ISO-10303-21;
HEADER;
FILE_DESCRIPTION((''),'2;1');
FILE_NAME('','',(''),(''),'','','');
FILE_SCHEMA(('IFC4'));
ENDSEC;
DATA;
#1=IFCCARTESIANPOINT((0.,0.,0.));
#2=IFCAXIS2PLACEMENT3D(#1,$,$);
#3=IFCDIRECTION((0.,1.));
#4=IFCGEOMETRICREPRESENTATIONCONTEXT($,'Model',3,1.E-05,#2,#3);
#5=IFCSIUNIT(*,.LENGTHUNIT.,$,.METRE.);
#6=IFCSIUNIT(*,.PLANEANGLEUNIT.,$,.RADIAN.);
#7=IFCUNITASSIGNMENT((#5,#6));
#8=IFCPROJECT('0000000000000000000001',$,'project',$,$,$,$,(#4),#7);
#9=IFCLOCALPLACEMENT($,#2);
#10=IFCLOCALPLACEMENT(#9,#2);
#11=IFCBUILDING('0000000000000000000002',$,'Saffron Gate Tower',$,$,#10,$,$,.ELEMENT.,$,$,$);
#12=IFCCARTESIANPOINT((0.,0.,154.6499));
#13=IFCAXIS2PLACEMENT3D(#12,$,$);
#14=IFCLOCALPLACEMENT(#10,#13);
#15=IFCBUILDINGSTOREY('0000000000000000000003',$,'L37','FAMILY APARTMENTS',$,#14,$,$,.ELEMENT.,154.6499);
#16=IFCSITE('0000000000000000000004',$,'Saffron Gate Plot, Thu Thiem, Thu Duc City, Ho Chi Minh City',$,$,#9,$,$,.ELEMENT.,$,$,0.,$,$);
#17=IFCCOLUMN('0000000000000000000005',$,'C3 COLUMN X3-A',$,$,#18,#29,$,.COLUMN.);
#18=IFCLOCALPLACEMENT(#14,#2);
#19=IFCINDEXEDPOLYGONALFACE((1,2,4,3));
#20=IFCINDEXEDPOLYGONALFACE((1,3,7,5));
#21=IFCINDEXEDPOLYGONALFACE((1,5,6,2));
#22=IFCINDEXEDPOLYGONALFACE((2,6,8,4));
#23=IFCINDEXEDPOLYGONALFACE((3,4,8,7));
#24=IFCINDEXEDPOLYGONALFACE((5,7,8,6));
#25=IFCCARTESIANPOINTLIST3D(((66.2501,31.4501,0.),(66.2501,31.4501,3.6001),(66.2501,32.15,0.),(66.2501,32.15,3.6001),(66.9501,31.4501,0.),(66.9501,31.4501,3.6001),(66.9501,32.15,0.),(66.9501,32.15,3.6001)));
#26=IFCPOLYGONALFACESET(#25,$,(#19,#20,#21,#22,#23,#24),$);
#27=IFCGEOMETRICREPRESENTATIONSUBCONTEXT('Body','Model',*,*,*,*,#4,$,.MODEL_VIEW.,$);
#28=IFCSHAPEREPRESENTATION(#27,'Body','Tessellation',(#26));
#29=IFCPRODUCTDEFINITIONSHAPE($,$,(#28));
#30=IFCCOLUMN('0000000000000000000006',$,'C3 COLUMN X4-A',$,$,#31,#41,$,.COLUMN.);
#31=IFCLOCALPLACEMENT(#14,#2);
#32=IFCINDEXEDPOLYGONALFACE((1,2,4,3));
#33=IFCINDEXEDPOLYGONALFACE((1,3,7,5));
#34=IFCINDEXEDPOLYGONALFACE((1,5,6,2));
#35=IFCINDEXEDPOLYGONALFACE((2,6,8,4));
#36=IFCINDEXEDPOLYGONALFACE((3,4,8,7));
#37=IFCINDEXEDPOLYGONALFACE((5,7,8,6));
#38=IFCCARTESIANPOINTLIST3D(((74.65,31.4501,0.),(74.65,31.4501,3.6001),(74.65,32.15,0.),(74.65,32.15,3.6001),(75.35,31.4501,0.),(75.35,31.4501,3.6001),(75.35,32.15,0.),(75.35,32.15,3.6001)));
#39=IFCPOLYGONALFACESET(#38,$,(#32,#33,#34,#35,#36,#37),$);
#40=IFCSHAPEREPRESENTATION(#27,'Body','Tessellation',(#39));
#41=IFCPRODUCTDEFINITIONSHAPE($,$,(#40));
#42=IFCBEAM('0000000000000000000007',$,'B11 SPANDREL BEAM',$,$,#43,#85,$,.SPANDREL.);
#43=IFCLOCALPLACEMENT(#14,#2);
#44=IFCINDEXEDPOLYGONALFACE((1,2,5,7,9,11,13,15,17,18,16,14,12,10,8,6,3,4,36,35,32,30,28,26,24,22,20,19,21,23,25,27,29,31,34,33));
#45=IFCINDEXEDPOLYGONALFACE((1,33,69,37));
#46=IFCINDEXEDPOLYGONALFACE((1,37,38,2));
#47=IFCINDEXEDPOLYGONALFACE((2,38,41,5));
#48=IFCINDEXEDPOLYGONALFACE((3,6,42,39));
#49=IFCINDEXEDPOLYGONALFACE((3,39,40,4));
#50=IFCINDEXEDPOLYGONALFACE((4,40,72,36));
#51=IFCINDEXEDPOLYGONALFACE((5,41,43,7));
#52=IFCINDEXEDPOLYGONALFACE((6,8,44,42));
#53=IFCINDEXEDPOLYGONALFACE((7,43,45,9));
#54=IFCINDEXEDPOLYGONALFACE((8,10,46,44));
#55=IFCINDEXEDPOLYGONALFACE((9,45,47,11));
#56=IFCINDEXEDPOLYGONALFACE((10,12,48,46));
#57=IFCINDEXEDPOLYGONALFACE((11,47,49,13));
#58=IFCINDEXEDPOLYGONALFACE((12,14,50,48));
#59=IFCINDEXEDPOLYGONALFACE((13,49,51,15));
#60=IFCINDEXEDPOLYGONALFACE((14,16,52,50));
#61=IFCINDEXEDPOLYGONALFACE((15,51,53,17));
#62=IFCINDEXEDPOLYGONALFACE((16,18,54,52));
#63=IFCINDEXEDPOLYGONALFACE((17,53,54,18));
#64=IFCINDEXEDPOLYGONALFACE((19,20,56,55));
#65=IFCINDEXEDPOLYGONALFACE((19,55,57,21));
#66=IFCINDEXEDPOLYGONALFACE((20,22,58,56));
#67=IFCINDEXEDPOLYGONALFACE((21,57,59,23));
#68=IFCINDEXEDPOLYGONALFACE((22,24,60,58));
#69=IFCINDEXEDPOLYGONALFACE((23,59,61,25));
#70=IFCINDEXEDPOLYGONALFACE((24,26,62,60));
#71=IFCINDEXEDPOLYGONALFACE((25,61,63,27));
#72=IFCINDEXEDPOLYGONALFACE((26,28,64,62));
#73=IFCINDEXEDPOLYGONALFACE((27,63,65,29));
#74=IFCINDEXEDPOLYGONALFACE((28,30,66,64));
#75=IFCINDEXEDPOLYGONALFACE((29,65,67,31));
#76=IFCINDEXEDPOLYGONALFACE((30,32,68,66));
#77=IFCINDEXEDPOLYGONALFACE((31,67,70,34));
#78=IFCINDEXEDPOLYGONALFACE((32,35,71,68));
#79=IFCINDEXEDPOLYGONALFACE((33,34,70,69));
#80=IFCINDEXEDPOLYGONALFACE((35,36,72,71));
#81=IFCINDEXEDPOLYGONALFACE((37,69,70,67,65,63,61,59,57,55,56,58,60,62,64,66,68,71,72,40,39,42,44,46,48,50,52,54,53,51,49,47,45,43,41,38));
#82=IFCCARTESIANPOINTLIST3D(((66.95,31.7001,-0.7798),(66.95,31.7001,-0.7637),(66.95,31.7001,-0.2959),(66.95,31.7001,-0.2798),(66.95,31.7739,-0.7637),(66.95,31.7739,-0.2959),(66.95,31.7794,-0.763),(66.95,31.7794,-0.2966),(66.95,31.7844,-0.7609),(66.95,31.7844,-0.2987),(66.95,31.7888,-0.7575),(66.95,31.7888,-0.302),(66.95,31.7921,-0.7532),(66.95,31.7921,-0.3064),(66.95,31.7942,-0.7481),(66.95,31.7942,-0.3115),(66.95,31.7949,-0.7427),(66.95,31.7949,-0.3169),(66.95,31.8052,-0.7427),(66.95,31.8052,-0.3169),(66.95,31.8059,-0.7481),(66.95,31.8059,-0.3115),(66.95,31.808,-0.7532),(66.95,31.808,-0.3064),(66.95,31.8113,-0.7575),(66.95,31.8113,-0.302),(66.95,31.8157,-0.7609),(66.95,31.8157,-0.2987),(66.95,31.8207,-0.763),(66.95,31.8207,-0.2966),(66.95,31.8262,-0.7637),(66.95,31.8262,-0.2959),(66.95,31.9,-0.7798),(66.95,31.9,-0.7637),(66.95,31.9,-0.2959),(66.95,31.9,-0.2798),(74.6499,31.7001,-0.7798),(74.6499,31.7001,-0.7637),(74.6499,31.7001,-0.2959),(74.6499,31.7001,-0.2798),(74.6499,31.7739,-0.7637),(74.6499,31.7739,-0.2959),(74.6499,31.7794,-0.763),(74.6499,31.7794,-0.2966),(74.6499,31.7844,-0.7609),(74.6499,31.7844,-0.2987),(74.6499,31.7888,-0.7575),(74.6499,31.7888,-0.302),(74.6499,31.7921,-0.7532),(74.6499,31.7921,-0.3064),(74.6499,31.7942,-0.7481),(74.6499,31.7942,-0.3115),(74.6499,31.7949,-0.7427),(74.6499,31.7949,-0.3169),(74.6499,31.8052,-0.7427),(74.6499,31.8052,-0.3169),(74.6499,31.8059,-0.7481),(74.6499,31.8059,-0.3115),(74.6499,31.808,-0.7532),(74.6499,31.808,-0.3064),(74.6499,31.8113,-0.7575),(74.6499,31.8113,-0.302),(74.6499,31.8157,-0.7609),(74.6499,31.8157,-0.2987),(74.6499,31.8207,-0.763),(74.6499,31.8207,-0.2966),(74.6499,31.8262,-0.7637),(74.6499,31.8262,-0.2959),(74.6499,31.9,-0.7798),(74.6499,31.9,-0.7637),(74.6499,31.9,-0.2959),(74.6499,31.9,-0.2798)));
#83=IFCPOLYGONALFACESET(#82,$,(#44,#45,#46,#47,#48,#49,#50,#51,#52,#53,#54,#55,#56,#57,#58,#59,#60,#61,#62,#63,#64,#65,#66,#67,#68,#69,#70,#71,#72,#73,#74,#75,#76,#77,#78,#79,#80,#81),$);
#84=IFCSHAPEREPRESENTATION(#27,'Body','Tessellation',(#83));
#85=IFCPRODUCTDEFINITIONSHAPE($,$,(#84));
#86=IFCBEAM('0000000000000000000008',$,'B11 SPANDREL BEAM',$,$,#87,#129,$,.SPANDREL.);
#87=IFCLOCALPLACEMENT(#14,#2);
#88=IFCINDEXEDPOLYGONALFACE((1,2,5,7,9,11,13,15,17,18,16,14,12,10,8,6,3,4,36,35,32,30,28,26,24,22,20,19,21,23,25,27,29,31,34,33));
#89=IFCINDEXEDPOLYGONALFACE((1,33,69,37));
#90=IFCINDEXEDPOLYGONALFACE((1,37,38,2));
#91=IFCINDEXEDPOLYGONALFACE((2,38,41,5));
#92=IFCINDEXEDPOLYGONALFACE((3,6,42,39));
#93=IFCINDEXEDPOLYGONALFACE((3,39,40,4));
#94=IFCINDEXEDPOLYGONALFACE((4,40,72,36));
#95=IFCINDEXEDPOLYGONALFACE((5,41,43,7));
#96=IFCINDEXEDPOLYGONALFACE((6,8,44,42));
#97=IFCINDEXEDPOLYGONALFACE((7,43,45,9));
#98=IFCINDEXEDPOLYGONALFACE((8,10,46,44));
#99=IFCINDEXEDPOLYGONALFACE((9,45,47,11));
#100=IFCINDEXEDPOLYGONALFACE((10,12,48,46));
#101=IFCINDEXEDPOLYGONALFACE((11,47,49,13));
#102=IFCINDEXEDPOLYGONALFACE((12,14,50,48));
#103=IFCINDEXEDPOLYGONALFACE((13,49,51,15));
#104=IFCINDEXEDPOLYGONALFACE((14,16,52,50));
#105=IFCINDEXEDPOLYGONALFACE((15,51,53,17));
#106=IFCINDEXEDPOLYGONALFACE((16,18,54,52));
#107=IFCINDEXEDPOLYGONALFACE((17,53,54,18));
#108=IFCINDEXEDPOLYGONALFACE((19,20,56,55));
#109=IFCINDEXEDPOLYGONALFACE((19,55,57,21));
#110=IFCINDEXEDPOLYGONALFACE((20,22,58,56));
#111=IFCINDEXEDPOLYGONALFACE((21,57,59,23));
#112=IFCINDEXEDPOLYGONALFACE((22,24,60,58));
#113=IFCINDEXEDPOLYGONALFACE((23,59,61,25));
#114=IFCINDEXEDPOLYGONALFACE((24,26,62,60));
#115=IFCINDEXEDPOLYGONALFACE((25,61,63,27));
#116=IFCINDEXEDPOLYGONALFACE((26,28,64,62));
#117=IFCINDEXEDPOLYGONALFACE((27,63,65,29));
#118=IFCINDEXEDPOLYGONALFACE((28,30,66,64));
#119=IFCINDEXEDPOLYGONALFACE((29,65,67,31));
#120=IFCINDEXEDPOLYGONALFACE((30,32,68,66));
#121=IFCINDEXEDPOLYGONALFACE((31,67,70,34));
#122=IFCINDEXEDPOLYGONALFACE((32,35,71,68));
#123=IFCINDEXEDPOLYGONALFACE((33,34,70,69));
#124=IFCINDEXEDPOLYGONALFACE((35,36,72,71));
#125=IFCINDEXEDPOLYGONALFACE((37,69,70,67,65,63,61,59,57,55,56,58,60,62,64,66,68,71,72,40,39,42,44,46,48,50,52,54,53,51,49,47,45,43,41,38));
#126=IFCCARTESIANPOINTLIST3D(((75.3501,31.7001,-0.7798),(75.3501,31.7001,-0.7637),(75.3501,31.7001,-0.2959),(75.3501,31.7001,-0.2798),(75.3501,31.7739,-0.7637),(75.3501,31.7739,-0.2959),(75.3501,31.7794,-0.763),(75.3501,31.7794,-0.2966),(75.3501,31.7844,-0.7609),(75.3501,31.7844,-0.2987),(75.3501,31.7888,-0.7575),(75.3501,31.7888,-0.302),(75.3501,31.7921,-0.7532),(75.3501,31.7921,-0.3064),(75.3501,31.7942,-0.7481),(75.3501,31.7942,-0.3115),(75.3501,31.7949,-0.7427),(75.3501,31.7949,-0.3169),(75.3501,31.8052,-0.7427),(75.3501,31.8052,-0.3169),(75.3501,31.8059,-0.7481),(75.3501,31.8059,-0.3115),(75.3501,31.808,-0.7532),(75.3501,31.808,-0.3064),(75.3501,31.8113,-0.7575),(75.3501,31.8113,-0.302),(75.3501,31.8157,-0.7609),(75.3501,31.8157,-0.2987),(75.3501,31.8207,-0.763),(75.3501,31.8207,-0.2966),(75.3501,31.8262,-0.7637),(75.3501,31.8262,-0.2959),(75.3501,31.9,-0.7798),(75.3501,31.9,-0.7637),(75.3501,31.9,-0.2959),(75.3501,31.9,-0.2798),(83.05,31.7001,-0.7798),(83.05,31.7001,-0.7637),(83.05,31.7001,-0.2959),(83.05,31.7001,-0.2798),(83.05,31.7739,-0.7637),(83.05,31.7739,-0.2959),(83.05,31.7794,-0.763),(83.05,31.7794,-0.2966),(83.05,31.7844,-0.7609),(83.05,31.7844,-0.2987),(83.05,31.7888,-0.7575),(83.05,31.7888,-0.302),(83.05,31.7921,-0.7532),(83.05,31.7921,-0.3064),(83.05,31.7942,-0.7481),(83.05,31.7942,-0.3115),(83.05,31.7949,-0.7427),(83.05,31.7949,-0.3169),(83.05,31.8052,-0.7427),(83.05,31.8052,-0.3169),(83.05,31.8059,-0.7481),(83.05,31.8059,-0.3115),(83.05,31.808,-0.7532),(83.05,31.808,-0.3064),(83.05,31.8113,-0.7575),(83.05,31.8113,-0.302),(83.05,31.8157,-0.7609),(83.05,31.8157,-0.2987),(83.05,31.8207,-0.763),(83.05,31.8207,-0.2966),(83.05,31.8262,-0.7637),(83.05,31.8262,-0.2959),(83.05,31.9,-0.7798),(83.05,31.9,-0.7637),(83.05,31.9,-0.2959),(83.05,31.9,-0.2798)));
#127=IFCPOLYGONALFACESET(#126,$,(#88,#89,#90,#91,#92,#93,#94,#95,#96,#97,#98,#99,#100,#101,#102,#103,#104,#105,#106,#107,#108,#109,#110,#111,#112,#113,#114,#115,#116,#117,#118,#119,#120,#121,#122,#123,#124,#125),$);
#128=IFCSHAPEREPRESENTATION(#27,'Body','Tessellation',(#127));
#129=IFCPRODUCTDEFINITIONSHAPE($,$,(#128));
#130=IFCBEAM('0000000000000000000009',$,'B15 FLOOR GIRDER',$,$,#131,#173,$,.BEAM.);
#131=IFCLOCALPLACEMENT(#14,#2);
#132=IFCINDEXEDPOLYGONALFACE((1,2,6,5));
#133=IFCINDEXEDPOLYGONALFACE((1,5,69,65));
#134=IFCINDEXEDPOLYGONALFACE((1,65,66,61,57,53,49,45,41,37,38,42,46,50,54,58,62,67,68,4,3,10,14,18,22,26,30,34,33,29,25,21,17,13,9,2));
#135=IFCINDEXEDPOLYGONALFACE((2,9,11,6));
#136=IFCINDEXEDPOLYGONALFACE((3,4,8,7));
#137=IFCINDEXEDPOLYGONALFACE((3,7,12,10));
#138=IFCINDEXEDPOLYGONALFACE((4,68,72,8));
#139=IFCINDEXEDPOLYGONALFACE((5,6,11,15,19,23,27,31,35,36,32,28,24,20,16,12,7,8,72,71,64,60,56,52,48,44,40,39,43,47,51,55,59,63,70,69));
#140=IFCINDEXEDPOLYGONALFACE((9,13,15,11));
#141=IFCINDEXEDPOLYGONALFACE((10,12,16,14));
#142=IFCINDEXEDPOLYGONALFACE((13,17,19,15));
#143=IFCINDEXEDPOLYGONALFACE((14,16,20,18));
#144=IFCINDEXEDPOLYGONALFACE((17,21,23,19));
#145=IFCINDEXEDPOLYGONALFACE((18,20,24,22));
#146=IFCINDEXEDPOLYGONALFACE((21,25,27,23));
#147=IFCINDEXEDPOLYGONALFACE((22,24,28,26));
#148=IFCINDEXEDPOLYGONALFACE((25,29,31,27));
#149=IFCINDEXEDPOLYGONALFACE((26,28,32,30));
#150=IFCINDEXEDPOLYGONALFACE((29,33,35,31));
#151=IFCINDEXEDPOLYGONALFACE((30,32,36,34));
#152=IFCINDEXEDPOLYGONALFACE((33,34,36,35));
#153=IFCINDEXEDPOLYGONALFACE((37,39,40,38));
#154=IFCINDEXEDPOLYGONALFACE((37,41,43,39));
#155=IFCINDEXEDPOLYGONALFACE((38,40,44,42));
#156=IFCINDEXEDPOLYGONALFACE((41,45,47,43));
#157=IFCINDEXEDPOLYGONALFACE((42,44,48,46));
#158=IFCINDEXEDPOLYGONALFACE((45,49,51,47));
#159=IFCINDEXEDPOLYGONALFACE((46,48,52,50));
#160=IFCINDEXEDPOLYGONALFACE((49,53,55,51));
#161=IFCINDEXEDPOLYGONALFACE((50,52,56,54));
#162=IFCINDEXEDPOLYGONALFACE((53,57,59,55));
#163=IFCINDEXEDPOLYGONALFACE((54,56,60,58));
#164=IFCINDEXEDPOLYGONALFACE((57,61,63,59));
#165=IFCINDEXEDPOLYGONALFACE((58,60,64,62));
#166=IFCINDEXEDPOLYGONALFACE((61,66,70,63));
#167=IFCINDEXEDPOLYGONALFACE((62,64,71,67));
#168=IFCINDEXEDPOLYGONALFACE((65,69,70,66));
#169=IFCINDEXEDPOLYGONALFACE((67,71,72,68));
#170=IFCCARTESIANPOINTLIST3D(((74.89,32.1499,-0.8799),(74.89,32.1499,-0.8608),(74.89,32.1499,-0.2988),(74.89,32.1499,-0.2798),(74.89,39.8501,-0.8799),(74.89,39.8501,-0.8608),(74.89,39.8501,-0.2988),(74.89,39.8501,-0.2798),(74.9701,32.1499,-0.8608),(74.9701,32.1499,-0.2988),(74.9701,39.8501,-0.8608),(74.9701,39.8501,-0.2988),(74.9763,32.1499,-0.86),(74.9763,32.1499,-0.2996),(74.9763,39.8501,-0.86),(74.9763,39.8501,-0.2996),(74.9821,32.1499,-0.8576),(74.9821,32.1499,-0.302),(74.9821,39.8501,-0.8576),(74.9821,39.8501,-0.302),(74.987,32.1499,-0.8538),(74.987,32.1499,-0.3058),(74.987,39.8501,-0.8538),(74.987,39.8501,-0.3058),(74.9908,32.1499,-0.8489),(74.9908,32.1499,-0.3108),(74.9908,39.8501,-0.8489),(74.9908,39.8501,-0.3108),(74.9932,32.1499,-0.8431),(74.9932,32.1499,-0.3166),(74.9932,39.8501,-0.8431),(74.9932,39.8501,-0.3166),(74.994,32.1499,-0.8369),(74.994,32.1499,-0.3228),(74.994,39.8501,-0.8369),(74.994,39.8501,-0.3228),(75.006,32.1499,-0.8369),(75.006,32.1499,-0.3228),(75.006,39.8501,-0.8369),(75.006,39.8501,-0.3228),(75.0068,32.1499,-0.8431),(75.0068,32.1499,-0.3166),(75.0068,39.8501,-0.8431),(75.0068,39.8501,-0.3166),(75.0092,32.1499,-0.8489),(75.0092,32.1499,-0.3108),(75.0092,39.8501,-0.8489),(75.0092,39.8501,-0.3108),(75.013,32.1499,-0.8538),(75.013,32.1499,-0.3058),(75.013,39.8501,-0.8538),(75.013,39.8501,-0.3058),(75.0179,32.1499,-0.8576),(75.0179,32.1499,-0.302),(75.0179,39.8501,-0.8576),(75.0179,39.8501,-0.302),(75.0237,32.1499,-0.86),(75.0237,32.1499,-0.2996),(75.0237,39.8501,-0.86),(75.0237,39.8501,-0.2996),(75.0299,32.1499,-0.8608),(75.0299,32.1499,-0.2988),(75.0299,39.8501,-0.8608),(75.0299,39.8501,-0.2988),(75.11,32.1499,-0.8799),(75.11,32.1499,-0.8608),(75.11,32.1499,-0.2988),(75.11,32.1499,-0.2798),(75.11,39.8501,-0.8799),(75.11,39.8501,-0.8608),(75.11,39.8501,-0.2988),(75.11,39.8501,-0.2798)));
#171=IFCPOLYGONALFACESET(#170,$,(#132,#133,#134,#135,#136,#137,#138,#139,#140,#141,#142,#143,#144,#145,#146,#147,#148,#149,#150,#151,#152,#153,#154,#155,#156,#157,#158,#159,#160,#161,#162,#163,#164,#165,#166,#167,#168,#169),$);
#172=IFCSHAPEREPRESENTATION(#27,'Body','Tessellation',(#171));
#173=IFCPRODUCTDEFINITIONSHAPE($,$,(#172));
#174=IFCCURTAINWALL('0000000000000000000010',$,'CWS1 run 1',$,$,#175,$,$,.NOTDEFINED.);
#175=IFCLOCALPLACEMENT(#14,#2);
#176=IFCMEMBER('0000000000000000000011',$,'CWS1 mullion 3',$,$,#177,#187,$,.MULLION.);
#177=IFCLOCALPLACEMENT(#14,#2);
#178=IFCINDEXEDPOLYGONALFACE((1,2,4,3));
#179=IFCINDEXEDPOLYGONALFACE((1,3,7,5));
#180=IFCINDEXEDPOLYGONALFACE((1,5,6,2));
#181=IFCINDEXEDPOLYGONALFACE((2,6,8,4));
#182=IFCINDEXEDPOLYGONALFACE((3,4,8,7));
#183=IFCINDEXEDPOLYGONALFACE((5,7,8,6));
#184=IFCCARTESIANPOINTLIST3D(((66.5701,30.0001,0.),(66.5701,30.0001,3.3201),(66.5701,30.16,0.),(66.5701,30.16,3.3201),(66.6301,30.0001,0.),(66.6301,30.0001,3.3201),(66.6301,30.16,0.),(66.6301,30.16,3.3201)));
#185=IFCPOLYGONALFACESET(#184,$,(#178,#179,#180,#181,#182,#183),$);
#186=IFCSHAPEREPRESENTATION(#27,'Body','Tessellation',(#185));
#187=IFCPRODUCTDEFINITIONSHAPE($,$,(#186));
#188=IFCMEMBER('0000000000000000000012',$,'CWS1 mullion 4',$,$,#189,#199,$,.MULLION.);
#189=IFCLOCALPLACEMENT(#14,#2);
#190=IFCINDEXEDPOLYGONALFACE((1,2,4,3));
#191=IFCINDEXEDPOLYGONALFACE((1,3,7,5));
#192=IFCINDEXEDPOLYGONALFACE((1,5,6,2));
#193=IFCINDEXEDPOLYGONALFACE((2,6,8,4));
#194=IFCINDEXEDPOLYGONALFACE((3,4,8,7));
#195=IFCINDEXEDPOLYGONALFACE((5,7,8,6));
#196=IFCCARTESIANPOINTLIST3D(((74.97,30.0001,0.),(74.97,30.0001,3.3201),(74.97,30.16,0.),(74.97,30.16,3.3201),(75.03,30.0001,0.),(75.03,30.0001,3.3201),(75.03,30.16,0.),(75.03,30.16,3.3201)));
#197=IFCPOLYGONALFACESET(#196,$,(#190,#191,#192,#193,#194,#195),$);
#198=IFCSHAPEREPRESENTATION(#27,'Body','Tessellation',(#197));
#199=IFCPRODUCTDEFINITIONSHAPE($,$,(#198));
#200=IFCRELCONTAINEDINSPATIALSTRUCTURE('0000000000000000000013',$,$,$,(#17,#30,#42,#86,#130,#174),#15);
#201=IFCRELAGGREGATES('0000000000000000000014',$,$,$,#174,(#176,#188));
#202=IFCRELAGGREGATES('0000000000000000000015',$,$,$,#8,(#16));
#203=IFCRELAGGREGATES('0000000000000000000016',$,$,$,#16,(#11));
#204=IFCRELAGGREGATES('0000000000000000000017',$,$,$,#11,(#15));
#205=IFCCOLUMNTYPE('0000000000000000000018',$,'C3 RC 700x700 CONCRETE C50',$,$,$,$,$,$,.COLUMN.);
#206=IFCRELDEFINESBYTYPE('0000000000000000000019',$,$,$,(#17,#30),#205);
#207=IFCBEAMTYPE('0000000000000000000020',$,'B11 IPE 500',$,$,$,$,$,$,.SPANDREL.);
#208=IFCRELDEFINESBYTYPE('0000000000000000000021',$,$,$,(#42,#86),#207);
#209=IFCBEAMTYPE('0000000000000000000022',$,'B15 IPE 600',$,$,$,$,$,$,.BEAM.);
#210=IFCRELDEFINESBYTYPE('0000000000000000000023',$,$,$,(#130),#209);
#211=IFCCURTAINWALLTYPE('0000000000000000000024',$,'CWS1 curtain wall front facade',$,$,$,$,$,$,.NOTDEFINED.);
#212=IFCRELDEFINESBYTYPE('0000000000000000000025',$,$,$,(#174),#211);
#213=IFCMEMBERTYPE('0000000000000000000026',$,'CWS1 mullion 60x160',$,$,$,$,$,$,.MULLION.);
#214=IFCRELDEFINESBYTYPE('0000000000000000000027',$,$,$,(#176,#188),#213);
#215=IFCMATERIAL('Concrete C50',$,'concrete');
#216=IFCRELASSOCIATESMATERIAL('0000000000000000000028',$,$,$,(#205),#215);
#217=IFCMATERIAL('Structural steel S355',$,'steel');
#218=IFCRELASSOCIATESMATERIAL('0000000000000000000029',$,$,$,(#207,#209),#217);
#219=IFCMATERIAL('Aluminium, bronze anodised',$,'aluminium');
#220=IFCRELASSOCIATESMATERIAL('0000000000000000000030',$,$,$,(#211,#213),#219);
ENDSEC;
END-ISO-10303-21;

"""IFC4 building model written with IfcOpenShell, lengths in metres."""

from ifc_helpers import new_model, si_unit, direction, frame, origin, origin_2d, place, context, subcontext, project, spatial, rectangle, i_section, extrude, material, material_profile, profile_set, type_object, element, aggregate, save


model = new_model("IFC4")

# Units and contexts
model_context = context("Model", 3, precision=1e-05, world=origin(), true_north=direction((0.0, 1.0)))
body_context = subcontext(model_context, "Body", "Model", "MODEL_VIEW")
ifc_project = project(units=[si_unit("LENGTHUNIT", "METRE"), si_unit("PLANEANGLEUNIT", "RADIAN")], contexts=[model_context])

# Site, building, storey
site_placement = place(None, origin())
site = spatial("IfcSite", under=ifc_project, at=site_placement, Name="Saffron Gate Plot, Thu Thiem, Thu Duc City, Ho Chi Minh City", CompositionType="ELEMENT", RefElevation=0.0)
building_placement = place(site_placement, origin())
building = spatial("IfcBuilding", under=site, at=building_placement, Name="Saffron Gate Tower", CompositionType="ELEMENT")
storey_placement = place(building_placement, frame((0.0, 0.0, 154.6499)))
storey = spatial("IfcBuildingStorey", under=building, at=storey_placement, Name="L37", Description="FAMILY APARTMENTS", CompositionType="ELEMENT", Elevation=154.6499)

# Columns
ifc_material_1 = material(Name="Concrete C50", Category="concrete")
ifc_material_profile_1 = material_profile(ifc_material_1, rectangle(XDim=0.7, YDim=0.7, at=origin_2d()))
ifc_profile_set_1 = profile_set([ifc_material_profile_1], Name="Concrete C50")
column_type = type_object("IfcColumnType", Name="C3 RC 700x700 CONCRETE C50", PredefinedType="COLUMN", material=ifc_profile_set_1)
for number, where, z_axis, x_axis, name in (
    (1, (66.6001, 31.8, 0.0), (0.0, 0.0, 1.0), (1.0, 0.0, 0.0), "C3 COLUMN X3-A"),
    (2, (75.0, 31.8, 0.0), (0.0, 0.0, 1.0), (1.0, 0.0, 0.0), "C3 COLUMN X4-A"),
):
    element("IfcColumn", number, at=place(storey_placement, frame(where, z_axis=z_axis, x_axis=x_axis)), inside=storey, type_object=column_type, Name=name, PredefinedType="COLUMN", context=body_context, shape_type="SweptSolid", body=[
        extrude(rectangle(XDim=0.7, YDim=0.7, at=origin_2d()), origin(), (0.0, 0.0, 1.0), 3.6001),
    ])

# Beams
ifc_material_2 = material(Name="Structural steel S355", Category="steel")
ifc_material_profile_2 = material_profile(ifc_material_2, i_section(OverallWidth=0.2, OverallDepth=0.5, WebThickness=0.0103, FlangeThickness=0.0161, FilletRadius=0.021, at=origin_2d()))
ifc_profile_set_2 = profile_set([ifc_material_profile_2], Name="Structural steel S355")
beam_type_1 = type_object("IfcBeamType", Name="B11 IPE 500", PredefinedType="SPANDREL", material=ifc_profile_set_2)
for number, where, z_axis, x_axis, name in (
    (3, (66.95, 31.8, -0.5298), (1.0, 0.0, 0.0), (0.0, 1.0, 0.0), "B11 SPANDREL BEAM"),
    (4, (75.3501, 31.8, -0.5298), (1.0, 0.0, 0.0), (0.0, 1.0, 0.0), "B11 SPANDREL BEAM"),
):
    element("IfcBeam", number, at=place(storey_placement, frame(where, z_axis=z_axis, x_axis=x_axis)), inside=storey, type_object=beam_type_1, Name=name, PredefinedType="SPANDREL", context=body_context, shape_type="SweptSolid", body=[
        extrude(i_section(OverallWidth=0.2, OverallDepth=0.5, WebThickness=0.0103, FlangeThickness=0.0161, FilletRadius=0.021, at=origin_2d()), origin(), (0.0, 0.0, 1.0), 7.7),
    ])
ifc_material_profile_3 = material_profile(ifc_material_2, i_section(OverallWidth=0.22, OverallDepth=0.6001, WebThickness=0.012, FlangeThickness=0.019, FilletRadius=0.0239, at=origin_2d()))
ifc_profile_set_3 = profile_set([ifc_material_profile_3], Name="Structural steel S355")
beam_type_2 = type_object("IfcBeamType", Name="B15 IPE 600", PredefinedType="BEAM", material=ifc_profile_set_3)
beam_placement = place(storey_placement, frame((75.0, 32.1499, -0.5798), z_axis=(0.0, 1.0, 0.0), x_axis=(-1.0, 0.0, 0.0)))
element("IfcBeam", 5, at=beam_placement, inside=storey, type_object=beam_type_2, Name="B15 FLOOR GIRDER", PredefinedType="BEAM", context=body_context, shape_type="SweptSolid", body=[
    extrude(i_section(OverallWidth=0.22, OverallDepth=0.6001, WebThickness=0.012, FlangeThickness=0.019, FilletRadius=0.0239, at=origin_2d()), origin(), (0.0, 0.0, 1.0), 7.7002),
])

# Curtain wall, members
ifc_material_3 = material(Name="Aluminium, bronze anodised", Category="aluminium")
curtain_wall_type = type_object("IfcCurtainWallType", Name="CWS1 curtain wall front facade", PredefinedType="NOTDEFINED", material=ifc_material_3)
curtain_wall_placement = place(storey_placement, origin())
curtain_wall = element("IfcCurtainWall", 6, at=curtain_wall_placement, inside=storey, type_object=curtain_wall_type, Name="CWS1 run 1", PredefinedType="NOTDEFINED")
ifc_material_profile_4 = material_profile(ifc_material_3, rectangle(XDim=0.1599, YDim=0.0601, at=origin_2d()))
ifc_profile_set_4 = profile_set([ifc_material_profile_4], Name="Aluminium, bronze anodised")
member_type = type_object("IfcMemberType", Name="CWS1 mullion 60x160", PredefinedType="MULLION", material=ifc_profile_set_4)
member_1_placement = place(storey_placement, frame((66.6001, 30.0801, 0.0), z_axis=(0.0, 0.0, 1.0), x_axis=(0.0, 1.0, 0.0)))
member_1 = element("IfcMember", 7, at=member_1_placement, type_object=member_type, Name="CWS1 mullion 3", PredefinedType="MULLION", context=body_context, shape_type="SweptSolid", body=[
    extrude(rectangle(XDim=0.1599, YDim=0.0601, at=origin_2d()), origin(), (0.0, 0.0, 1.0), 3.3201),
])
member_2_placement = place(storey_placement, frame((75.0, 30.0801, 0.0), z_axis=(0.0, 0.0, 1.0), x_axis=(0.0, 1.0, 0.0)))
member_2 = element("IfcMember", 8, at=member_2_placement, type_object=member_type, Name="CWS1 mullion 4", PredefinedType="MULLION", context=body_context, shape_type="SweptSolid", body=[
    extrude(rectangle(XDim=0.1599, YDim=0.0601, at=origin_2d()), origin(), (0.0, 0.0, 1.0), 3.3201),
])
aggregate(curtain_wall, [member_1, member_2])

save(model, "model.ifc")
